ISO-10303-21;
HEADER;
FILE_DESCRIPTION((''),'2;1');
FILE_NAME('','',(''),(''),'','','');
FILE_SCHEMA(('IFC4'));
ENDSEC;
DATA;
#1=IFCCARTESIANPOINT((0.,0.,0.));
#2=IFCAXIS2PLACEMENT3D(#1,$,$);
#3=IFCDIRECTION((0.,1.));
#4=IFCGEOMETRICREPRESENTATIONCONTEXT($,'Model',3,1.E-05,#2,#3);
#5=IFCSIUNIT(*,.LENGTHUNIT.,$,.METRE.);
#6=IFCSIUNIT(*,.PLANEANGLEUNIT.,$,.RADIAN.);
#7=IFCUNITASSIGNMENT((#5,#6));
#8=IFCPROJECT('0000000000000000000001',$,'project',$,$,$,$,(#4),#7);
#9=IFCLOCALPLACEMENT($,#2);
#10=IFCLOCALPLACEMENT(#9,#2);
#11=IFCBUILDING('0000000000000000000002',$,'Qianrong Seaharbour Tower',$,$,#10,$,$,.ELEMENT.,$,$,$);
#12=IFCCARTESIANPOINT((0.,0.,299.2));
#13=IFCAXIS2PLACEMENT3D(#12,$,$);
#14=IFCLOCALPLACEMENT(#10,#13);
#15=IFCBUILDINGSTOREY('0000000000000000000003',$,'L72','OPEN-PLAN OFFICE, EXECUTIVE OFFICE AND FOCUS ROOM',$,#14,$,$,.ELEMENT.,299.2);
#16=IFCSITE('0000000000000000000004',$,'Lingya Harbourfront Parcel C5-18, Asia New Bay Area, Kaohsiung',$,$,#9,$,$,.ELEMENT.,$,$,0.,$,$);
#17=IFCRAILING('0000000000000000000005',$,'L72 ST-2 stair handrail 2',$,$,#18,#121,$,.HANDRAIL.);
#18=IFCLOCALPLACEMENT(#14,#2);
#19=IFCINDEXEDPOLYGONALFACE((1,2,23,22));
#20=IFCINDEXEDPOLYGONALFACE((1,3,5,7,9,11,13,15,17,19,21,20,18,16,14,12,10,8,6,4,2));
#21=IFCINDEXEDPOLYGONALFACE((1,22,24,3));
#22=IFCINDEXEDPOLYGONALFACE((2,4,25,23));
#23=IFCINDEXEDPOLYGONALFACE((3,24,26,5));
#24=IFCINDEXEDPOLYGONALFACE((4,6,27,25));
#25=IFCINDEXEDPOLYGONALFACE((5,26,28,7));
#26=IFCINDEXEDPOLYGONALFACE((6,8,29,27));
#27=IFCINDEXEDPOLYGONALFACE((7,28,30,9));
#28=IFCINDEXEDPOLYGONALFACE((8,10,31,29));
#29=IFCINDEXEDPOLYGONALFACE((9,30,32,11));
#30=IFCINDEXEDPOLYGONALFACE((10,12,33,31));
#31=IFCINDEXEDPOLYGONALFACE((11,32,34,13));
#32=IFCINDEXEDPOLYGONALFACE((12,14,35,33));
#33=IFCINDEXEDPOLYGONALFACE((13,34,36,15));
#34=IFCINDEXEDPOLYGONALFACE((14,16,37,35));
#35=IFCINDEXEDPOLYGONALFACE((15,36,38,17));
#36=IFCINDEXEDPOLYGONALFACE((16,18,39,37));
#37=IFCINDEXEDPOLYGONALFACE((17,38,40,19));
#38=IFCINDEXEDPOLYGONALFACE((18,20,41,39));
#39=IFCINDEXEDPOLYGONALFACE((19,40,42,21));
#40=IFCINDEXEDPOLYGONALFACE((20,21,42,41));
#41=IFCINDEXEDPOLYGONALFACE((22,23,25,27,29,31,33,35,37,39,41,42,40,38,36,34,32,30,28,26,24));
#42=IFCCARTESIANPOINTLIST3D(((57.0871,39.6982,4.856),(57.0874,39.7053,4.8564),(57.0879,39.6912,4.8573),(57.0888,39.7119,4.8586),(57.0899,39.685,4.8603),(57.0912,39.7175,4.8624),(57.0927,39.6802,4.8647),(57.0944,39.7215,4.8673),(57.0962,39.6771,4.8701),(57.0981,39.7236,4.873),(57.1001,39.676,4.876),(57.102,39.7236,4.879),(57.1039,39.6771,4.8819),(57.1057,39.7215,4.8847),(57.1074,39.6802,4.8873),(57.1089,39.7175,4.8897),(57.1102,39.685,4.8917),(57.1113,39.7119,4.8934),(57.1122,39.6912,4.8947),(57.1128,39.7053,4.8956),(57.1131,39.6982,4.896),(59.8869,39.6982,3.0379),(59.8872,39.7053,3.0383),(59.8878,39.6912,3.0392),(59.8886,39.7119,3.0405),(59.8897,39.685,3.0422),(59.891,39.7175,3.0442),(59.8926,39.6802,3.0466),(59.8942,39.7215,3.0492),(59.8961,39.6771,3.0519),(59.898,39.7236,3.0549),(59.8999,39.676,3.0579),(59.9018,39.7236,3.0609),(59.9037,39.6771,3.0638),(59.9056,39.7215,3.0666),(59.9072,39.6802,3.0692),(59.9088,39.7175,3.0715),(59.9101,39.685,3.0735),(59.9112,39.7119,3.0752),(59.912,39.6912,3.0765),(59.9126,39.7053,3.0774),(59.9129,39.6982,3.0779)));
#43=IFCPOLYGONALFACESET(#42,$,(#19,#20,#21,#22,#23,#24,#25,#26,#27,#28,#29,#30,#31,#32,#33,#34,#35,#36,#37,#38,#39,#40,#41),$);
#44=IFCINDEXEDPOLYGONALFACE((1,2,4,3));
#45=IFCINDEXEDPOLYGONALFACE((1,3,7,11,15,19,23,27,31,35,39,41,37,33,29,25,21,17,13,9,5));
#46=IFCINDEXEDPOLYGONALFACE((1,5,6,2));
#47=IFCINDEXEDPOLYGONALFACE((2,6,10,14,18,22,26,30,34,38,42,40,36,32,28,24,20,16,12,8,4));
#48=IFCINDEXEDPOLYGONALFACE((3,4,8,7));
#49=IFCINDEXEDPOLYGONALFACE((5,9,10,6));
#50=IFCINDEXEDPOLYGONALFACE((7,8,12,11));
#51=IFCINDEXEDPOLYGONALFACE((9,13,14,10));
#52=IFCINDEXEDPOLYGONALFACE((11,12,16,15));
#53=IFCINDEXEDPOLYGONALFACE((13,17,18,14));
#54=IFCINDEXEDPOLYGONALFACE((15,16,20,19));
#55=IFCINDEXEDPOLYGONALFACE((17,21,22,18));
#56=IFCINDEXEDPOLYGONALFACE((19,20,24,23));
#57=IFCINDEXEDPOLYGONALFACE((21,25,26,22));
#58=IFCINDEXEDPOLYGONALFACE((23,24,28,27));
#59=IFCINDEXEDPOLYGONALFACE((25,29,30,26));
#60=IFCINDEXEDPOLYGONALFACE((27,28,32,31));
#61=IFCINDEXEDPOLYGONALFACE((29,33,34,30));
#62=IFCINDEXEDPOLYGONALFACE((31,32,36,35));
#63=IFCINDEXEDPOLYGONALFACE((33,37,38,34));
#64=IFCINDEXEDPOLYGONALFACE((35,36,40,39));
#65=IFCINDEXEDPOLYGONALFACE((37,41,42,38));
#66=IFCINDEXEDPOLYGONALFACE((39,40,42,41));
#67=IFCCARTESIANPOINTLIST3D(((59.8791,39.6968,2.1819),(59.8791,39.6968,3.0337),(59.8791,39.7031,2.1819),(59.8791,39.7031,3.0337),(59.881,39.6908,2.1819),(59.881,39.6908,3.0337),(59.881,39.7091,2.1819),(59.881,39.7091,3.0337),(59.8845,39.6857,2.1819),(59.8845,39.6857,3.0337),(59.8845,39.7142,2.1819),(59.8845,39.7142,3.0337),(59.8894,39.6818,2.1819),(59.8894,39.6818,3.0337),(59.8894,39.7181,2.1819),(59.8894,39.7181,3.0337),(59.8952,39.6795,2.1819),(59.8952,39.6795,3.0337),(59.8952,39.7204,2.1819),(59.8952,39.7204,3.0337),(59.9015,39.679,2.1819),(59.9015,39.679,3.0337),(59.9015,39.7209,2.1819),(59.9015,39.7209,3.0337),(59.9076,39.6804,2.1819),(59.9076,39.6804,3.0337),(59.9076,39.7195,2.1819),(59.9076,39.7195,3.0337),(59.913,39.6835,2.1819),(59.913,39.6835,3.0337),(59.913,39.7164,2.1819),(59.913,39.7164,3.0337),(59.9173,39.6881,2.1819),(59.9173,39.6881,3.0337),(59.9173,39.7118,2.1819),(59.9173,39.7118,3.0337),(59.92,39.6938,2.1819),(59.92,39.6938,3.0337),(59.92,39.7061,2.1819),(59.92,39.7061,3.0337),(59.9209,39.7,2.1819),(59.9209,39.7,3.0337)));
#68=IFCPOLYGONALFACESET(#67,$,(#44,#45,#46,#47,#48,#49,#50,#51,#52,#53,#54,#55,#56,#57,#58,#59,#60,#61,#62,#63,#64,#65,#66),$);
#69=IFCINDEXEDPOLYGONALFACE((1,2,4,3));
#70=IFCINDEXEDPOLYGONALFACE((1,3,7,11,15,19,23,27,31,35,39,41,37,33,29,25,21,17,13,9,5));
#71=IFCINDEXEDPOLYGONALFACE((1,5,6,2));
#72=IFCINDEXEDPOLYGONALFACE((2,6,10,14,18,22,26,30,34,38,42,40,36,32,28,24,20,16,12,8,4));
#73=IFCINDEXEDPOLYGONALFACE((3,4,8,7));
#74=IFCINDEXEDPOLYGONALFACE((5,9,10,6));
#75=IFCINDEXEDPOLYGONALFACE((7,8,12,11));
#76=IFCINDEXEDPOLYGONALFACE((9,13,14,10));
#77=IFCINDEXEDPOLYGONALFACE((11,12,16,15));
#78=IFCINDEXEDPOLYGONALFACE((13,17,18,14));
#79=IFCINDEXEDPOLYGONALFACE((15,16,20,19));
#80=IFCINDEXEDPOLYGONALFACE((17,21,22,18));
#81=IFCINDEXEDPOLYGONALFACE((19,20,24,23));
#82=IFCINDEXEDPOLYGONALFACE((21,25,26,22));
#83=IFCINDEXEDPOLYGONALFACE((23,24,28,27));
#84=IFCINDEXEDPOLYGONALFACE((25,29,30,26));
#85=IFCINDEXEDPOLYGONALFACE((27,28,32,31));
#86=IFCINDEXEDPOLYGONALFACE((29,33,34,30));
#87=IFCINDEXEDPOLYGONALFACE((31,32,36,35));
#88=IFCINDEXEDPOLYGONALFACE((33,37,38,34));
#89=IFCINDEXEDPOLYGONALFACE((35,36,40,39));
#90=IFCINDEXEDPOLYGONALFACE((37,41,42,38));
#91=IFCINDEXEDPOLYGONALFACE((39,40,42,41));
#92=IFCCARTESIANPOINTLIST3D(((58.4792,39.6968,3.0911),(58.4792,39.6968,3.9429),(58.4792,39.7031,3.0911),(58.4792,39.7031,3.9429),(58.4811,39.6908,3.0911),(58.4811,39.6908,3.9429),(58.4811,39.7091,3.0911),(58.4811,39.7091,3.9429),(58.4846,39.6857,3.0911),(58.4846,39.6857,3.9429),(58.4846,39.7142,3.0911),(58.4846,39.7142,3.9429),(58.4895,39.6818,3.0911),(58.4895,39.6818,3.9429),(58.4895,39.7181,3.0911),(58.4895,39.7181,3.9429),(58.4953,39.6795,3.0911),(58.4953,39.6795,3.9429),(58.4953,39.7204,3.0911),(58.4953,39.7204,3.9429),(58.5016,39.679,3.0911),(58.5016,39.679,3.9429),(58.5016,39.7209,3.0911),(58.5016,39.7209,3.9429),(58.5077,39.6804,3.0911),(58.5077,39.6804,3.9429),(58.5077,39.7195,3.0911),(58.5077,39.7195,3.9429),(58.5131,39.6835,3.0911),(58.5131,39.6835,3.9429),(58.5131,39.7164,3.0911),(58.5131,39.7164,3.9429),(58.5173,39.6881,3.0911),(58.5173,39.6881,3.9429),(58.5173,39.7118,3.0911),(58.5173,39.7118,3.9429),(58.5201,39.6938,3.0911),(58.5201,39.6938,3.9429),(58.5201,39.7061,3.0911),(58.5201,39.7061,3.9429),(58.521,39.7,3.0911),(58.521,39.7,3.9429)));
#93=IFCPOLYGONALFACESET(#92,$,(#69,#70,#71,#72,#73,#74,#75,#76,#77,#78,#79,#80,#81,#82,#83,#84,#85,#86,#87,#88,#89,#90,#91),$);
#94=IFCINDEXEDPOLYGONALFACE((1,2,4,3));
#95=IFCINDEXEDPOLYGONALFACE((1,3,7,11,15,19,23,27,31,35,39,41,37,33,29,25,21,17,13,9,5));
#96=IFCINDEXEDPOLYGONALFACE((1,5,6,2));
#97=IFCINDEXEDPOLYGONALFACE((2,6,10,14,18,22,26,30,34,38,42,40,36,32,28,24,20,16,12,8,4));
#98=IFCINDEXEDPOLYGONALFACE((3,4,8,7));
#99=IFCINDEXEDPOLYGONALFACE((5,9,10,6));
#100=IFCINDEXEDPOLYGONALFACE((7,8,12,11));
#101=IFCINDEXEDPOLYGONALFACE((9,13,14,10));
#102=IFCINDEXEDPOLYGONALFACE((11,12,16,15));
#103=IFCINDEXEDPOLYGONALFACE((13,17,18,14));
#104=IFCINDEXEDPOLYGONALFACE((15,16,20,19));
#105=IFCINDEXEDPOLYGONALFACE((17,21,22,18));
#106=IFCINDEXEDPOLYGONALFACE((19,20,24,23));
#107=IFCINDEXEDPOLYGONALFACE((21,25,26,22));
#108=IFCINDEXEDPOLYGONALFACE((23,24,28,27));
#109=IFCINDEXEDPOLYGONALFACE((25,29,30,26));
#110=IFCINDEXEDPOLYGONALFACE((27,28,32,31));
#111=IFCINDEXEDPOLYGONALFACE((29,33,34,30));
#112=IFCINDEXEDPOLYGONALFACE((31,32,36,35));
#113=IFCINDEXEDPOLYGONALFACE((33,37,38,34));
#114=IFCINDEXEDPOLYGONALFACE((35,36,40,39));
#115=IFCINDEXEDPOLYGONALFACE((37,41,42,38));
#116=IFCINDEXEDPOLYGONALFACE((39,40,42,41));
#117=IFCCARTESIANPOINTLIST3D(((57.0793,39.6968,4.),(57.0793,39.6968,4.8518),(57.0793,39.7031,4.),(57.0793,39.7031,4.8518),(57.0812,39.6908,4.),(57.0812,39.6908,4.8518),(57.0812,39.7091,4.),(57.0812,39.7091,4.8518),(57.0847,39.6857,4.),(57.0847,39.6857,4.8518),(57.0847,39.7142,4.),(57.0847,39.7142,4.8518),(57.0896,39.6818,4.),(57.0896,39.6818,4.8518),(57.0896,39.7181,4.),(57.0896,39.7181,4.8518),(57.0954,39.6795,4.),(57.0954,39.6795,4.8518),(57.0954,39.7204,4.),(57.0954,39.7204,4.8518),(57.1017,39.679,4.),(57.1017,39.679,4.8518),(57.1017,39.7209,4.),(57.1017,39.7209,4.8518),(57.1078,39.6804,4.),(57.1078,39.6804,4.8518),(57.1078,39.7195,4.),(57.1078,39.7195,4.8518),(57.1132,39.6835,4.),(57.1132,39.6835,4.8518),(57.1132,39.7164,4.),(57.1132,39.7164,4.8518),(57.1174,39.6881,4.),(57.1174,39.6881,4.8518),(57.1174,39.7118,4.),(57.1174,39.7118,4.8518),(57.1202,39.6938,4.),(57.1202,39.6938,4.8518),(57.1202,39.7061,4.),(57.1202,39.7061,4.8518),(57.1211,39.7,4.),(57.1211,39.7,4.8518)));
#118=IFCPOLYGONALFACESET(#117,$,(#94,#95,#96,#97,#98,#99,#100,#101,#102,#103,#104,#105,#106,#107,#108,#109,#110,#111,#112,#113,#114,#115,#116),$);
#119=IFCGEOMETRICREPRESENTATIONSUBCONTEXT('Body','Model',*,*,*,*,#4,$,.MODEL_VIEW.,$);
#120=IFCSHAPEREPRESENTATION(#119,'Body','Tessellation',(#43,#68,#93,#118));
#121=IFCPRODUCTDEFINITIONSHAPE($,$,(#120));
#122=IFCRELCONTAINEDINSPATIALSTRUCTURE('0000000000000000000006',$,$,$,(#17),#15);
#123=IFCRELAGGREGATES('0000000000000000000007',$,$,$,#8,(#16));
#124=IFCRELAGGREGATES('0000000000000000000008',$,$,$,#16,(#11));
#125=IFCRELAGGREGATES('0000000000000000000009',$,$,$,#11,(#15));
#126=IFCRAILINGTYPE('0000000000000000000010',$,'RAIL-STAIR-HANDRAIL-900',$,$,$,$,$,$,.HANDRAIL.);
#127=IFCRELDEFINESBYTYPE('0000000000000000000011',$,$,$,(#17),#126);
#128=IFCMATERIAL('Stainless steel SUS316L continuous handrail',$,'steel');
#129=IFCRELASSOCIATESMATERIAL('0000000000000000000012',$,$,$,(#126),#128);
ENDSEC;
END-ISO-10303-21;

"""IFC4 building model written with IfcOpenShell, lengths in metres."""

from ifc_helpers import new_model, si_unit, direction, frame, origin, origin_2d, place, context, subcontext, project, spatial, circle, extrude, material, type_object, element, save


model = new_model("IFC4")

# Units and contexts
model_context = context("Model", 3, precision=1e-05, world=origin(), true_north=direction((0.0, 1.0)))
body_context = subcontext(model_context, "Body", "Model", "MODEL_VIEW")
ifc_project = project(units=[si_unit("LENGTHUNIT", "METRE"), si_unit("PLANEANGLEUNIT", "RADIAN")], contexts=[model_context])

# Site, building, storey
site_placement = place(None, origin())
site = spatial("IfcSite", under=ifc_project, at=site_placement, Name="Lingya Harbourfront Parcel C5-18, Asia New Bay Area, Kaohsiung", CompositionType="ELEMENT", RefElevation=0.0)
building_placement = place(site_placement, origin())
building = spatial("IfcBuilding", under=site, at=building_placement, Name="Qianrong Seaharbour Tower", CompositionType="ELEMENT")
storey_placement = place(building_placement, frame((0.0, 0.0, 299.2)))
storey = spatial("IfcBuildingStorey", under=building, at=storey_placement, Name="L72", Description="OPEN-PLAN OFFICE, EXECUTIVE OFFICE AND FOCUS ROOM", CompositionType="ELEMENT", Elevation=299.2)

# Railing
ifc_material_1 = material(Name="Stainless steel SUS316L continuous handrail", Category="steel")
railing_type_1 = type_object("IfcRailingType", Name="RAIL-STAIR-HANDRAIL-900", PredefinedType="HANDRAIL", material=ifc_material_1)
railing_1_placement = place(storey_placement, frame((59.8999, 39.7, 2.1819)))
element("IfcRailing", 1, at=railing_1_placement, inside=storey, type_object=railing_type_1, Name="L72 ST-2 stair handrail 2", PredefinedType="HANDRAIL", context=body_context, shape_type="SweptSolid", body=[
    extrude(circle(Radius=0.0239, at=origin_2d()), frame((0.0, 0.0, 0.876), z_axis=(-0.838684, 0.0, 0.544618), x_axis=(0.0, -1.0, 0.0)), (0.0, 0.0, 1.0), 3.3384),
    extrude(circle(Radius=0.021, at=origin_2d()), origin(), (0.0, 0.0, 1.0), 0.8518),
    extrude(circle(Radius=0.021, at=origin_2d()), frame((-1.3999, 0.0, 0.9092)), (0.0, 0.0, 1.0), 0.8518),
    extrude(circle(Radius=0.021, at=origin_2d()), frame((-2.7998, 0.0, 1.8181)), (0.0, 0.0, 1.0), 0.8518),
])

save(model, "model.ifc")
